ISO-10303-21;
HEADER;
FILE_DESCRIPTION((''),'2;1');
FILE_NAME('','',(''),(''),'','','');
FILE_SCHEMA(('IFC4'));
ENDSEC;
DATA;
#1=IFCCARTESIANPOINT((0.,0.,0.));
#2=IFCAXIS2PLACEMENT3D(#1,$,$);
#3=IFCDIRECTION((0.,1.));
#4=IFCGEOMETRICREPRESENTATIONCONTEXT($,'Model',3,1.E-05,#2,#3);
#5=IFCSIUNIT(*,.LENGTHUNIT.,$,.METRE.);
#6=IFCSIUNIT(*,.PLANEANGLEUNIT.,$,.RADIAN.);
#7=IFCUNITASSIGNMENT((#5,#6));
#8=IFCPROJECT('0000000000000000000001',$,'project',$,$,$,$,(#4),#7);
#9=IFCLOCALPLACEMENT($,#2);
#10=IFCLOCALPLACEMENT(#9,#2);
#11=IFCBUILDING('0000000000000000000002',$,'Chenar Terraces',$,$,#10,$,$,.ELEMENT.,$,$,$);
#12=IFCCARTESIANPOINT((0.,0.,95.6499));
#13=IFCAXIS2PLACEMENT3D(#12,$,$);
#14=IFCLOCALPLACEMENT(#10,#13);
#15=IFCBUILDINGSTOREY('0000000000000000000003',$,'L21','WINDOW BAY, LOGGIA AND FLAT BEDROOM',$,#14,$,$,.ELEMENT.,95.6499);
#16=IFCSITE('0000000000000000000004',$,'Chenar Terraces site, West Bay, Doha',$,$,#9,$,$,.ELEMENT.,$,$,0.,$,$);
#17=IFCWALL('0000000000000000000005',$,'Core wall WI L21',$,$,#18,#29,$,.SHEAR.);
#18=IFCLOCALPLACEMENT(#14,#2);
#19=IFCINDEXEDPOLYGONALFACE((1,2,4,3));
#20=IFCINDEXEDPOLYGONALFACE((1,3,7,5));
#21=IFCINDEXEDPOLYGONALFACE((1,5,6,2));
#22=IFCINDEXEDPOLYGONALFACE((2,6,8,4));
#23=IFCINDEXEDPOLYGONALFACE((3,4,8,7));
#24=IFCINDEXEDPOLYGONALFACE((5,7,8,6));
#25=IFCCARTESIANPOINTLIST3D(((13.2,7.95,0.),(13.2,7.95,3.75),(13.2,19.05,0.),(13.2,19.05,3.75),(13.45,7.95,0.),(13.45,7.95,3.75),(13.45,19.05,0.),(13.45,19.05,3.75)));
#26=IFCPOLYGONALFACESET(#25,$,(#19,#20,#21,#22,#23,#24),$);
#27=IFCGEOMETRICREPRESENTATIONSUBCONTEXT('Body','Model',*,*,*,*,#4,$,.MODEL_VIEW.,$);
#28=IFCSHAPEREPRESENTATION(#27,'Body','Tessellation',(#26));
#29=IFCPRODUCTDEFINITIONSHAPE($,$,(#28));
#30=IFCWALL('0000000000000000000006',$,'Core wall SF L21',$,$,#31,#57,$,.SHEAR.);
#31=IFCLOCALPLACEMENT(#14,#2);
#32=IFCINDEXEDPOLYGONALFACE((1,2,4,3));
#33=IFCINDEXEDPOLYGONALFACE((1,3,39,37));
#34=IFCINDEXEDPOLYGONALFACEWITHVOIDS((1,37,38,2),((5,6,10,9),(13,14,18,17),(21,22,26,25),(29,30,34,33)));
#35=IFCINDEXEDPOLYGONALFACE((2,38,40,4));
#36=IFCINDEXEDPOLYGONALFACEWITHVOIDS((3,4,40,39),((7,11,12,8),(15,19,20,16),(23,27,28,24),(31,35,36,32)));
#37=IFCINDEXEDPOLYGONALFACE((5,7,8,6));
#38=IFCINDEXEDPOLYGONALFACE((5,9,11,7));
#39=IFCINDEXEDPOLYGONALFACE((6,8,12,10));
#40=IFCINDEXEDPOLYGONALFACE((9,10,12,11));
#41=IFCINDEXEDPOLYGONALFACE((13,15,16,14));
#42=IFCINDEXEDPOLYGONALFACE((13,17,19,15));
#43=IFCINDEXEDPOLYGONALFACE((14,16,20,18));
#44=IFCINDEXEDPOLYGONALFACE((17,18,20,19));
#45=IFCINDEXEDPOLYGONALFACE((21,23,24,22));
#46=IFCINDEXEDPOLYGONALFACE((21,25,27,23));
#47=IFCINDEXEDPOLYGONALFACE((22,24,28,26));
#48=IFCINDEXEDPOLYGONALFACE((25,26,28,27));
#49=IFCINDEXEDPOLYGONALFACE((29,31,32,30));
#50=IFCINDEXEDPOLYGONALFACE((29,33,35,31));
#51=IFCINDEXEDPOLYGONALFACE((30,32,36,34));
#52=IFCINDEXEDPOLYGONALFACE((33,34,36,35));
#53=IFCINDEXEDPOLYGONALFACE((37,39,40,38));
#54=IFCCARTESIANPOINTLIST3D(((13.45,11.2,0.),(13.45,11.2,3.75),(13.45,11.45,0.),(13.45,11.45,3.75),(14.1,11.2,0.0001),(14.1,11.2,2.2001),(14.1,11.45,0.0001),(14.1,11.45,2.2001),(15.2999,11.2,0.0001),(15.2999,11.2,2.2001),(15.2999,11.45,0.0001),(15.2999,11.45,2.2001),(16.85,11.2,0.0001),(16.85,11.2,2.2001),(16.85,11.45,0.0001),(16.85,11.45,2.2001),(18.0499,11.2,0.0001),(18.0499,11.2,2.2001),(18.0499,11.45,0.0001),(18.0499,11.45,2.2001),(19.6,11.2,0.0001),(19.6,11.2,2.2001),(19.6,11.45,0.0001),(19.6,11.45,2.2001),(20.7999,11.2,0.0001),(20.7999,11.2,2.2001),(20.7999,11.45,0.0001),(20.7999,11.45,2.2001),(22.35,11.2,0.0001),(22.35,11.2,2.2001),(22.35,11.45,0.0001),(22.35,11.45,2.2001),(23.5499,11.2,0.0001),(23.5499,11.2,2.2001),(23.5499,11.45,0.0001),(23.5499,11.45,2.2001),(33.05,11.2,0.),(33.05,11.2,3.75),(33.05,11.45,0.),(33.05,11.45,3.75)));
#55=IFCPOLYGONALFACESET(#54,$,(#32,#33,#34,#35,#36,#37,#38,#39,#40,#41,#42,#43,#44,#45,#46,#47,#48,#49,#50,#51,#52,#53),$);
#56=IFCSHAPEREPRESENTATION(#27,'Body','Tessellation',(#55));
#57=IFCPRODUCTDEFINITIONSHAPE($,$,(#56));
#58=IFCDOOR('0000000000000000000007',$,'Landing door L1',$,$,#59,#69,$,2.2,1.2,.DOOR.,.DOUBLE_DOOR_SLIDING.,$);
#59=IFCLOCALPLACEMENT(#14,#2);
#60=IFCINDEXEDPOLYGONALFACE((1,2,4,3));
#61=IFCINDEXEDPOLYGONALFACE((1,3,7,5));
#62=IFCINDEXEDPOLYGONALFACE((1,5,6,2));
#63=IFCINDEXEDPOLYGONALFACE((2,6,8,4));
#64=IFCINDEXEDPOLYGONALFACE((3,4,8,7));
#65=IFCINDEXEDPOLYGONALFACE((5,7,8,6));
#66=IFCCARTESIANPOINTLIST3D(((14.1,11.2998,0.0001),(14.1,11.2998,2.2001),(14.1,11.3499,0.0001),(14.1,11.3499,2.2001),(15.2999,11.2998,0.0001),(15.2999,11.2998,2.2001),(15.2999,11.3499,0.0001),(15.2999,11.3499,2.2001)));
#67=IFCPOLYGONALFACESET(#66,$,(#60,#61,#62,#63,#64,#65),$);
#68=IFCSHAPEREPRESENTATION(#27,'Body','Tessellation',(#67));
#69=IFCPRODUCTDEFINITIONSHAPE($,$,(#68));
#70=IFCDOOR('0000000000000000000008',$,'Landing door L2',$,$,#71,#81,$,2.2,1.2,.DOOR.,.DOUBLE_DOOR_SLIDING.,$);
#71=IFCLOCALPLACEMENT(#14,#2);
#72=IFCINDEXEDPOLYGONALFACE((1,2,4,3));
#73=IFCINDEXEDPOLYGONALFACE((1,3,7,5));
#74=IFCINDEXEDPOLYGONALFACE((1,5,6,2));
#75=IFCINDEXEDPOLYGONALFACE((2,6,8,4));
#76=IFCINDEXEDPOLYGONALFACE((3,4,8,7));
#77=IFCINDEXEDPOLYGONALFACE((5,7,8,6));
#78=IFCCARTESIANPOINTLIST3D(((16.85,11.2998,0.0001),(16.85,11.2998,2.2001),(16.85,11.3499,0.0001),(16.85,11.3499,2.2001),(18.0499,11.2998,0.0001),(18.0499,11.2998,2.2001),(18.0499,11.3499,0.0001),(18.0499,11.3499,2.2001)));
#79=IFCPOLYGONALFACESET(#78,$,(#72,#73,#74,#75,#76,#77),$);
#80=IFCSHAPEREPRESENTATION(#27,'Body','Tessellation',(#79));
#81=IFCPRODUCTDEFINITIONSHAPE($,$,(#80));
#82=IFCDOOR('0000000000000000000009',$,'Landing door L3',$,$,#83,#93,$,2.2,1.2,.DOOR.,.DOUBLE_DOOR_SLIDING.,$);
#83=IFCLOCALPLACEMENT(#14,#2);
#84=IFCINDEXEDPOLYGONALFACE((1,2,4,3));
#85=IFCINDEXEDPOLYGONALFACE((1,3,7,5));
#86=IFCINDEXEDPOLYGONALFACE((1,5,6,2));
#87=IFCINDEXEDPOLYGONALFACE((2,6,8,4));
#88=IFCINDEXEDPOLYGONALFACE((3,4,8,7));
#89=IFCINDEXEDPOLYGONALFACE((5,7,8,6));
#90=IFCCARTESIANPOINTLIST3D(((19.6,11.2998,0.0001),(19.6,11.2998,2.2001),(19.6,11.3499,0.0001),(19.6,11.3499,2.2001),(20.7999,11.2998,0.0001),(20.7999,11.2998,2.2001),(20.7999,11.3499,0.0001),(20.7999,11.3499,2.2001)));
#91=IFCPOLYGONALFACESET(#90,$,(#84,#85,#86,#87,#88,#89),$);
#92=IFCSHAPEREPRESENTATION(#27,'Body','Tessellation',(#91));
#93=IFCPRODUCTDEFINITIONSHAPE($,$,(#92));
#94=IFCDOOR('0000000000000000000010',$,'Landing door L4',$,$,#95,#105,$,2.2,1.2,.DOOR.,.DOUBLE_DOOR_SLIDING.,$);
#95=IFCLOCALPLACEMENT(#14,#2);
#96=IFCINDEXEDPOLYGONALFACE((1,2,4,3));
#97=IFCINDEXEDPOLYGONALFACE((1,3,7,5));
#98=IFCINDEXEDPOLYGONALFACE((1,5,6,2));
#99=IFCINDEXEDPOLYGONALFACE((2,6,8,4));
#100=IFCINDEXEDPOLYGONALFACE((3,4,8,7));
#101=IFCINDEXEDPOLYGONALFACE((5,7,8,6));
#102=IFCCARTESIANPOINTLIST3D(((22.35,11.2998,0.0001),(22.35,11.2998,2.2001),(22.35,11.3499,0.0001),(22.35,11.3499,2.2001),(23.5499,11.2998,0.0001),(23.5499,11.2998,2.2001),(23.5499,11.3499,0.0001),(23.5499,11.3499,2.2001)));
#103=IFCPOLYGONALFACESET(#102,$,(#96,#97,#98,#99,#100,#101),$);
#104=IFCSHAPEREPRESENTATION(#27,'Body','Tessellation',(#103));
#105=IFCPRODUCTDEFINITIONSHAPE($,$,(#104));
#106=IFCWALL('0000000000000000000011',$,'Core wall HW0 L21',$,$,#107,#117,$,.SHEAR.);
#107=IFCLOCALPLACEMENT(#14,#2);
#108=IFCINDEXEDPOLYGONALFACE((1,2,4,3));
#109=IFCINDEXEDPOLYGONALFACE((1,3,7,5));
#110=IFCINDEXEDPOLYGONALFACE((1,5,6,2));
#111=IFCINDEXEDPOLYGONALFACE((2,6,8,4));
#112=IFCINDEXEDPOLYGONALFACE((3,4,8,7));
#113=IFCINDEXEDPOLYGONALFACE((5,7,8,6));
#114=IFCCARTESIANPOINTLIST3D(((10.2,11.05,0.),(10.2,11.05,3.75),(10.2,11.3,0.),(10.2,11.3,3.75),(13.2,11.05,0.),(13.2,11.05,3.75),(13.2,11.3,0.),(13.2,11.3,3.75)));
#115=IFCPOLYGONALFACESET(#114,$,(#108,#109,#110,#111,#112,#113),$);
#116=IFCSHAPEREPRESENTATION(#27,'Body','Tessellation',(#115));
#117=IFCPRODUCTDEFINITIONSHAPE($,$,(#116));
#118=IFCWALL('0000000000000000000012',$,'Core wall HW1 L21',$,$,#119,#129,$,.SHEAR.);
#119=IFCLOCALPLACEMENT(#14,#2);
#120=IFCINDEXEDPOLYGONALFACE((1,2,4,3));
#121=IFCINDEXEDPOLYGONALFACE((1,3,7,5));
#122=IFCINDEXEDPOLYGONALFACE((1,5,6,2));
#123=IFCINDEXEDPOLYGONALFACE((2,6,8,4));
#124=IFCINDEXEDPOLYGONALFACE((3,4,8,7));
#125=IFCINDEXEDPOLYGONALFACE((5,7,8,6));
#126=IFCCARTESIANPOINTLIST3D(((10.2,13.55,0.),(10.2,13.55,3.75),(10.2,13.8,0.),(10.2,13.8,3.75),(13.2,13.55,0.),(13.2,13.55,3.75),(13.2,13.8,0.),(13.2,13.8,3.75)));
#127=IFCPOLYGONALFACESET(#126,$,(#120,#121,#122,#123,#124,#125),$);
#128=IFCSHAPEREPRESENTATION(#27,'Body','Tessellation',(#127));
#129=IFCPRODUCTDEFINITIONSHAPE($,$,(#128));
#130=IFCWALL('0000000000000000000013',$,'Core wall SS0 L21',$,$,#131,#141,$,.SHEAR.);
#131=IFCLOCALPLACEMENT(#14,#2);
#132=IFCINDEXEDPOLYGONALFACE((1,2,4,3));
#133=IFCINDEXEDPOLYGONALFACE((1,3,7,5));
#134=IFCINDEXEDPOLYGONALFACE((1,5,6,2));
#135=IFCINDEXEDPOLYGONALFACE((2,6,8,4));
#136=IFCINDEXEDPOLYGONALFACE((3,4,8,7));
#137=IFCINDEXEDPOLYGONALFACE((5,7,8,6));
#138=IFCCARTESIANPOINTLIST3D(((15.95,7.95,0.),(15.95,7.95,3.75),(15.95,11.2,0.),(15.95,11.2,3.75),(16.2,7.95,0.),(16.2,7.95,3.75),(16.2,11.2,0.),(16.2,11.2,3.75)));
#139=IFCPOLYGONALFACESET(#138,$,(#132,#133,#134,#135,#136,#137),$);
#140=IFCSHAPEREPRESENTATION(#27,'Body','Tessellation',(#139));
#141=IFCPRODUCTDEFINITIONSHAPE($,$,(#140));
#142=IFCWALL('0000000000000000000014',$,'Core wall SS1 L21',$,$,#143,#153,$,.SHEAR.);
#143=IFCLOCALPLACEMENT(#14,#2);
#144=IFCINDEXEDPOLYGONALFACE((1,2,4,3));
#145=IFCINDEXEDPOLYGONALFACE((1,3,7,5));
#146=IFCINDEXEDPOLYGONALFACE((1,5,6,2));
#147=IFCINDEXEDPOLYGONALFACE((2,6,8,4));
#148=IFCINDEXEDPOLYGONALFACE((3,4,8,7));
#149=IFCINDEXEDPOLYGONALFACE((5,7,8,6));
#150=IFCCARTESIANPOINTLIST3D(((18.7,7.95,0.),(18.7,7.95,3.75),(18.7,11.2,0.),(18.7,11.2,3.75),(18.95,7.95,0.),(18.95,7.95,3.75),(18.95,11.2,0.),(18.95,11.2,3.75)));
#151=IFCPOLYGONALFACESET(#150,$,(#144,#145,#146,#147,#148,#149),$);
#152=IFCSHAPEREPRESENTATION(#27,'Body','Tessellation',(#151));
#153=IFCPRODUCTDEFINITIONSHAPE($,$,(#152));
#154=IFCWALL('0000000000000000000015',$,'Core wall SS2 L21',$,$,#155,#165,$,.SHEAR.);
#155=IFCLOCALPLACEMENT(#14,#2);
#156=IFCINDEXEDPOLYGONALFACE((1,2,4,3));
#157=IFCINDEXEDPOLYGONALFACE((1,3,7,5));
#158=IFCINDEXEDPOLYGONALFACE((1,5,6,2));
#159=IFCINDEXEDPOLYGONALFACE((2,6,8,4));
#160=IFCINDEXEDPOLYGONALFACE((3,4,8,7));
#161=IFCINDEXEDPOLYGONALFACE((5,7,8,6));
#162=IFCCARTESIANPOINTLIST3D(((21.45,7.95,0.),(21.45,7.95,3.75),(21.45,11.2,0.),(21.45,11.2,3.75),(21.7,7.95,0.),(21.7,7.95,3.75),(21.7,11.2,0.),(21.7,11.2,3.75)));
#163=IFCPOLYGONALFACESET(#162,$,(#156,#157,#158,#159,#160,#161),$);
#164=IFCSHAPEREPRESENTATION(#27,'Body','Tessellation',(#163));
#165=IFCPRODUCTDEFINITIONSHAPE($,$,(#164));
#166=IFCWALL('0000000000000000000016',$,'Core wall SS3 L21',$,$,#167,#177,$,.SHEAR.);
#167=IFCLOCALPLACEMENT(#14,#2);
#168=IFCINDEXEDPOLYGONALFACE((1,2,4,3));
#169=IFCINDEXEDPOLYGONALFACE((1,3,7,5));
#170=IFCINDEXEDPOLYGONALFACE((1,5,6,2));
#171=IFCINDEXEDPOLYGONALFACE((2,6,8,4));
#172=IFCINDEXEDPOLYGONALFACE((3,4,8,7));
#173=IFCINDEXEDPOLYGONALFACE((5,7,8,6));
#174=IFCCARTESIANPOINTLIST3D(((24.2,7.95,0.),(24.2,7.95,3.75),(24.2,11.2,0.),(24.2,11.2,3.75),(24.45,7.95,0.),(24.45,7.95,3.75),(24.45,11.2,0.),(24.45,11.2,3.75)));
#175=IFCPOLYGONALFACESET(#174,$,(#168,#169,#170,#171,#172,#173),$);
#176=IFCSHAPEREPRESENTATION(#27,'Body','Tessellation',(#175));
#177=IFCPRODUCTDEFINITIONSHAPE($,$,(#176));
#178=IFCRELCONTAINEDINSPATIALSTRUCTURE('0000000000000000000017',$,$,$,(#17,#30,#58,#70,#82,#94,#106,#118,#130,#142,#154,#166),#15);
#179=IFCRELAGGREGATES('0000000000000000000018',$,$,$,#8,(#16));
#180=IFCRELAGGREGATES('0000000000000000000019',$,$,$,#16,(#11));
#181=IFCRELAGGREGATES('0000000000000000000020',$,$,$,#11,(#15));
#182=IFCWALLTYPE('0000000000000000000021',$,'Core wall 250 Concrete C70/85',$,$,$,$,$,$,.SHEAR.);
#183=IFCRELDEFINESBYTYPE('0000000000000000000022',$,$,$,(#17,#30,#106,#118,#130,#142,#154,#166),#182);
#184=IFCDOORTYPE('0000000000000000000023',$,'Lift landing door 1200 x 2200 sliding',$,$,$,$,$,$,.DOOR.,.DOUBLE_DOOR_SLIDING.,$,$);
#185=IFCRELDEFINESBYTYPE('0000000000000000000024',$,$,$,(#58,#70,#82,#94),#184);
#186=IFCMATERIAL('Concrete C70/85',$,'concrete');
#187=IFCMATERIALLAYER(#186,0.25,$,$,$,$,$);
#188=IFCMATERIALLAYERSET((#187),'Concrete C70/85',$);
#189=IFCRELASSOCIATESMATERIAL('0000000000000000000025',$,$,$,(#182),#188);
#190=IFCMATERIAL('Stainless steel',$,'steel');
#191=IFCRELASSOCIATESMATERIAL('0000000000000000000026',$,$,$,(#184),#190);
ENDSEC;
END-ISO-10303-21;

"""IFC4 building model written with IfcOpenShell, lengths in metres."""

from ifc_helpers import new_model, si_unit, direction, frame, frame_2d, origin, place, context, subcontext, project, spatial, rectangle, extrude, material, layer, layer_set, type_object, element, fill, save


model = new_model("IFC4")

# Units and contexts
model_context = context("Model", 3, precision=1e-05, world=origin(), true_north=direction((0.0, 1.0)))
body_context = subcontext(model_context, "Body", "Model", "MODEL_VIEW")
ifc_project = project(units=[si_unit("LENGTHUNIT", "METRE"), si_unit("PLANEANGLEUNIT", "RADIAN")], contexts=[model_context])

# Site, building, storey
site_placement = place(None, origin())
site = spatial("IfcSite", under=ifc_project, at=site_placement, Name="Chenar Terraces site, West Bay, Doha", CompositionType="ELEMENT", RefElevation=0.0)
building_placement = place(site_placement, origin())
building = spatial("IfcBuilding", under=site, at=building_placement, Name="Chenar Terraces", CompositionType="ELEMENT")
storey_placement = place(building_placement, frame((0.0, 0.0, 95.6499)))
storey = spatial("IfcBuildingStorey", under=building, at=storey_placement, Name="L21", Description="WINDOW BAY, LOGGIA AND FLAT BEDROOM", CompositionType="ELEMENT", Elevation=95.6499)

# Wall
ifc_material_1 = material(Name="Concrete C70/85", Category="concrete")
ifc_layer_1 = layer(ifc_material_1, 0.25)
ifc_layer_set_1 = layer_set([ifc_layer_1], Name="Concrete C70/85")
wall_type_1 = type_object("IfcWallType", Name="Core wall 250 Concrete C70/85", PredefinedType="SHEAR", material=ifc_layer_set_1)
wall_1_placement = place(storey_placement, frame((13.325, 7.95, 0.0), z_axis=(0.0, 0.0, 1.0), x_axis=(0.0, 1.0, 0.0)))
element("IfcWall", 1, at=wall_1_placement, inside=storey, type_object=wall_type_1, Name="Core wall WI L21", PredefinedType="SHEAR", context=body_context, shape_type="SweptSolid", body=[
    extrude(rectangle(XDim=11.1001, YDim=0.25, at=frame_2d((5.55, 0.0))), origin(), (0.0, 0.0, 1.0), 3.75),
])

# Wall, openings, doors
wall_2_placement = place(storey_placement, frame((13.45, 11.325, 0.0), z_axis=(0.0, 0.0, 1.0), x_axis=(1.0, 0.0, 0.0)))
wall_2 = element("IfcWall", 2, at=wall_2_placement, inside=storey, type_object=wall_type_1, Name="Core wall SF L21", PredefinedType="SHEAR", context=body_context, shape_type="SweptSolid", body=[
    extrude(rectangle(XDim=19.6001, YDim=0.25, at=frame_2d((9.8, 0.0))), origin(), (0.0, 0.0, 1.0), 3.75),
])
opening_1_placement = place(wall_2_placement, frame((0.6499, 0.0, 0.0)))
opening_1 = element("IfcOpeningElement", 3, at=opening_1_placement, cuts=wall_2, PredefinedType="OPENING", context=body_context, shape_type="SweptSolid", body=[
    extrude(rectangle(XDim=1.2, YDim=2.2, at=frame_2d((0.6001, 1.1001))), frame((0.0, 0.135, 0.0), z_axis=(0.0, -1.0, 0.0), x_axis=(1.0, 0.0, 0.0)), (0.0, 0.0, 1.0), 0.27),
])
opening_2_placement = place(wall_2_placement, frame((3.3999, 0.0, 0.0)))
opening_2 = element("IfcOpeningElement", 4, at=opening_2_placement, cuts=wall_2, PredefinedType="OPENING", context=body_context, shape_type="SweptSolid", body=[
    extrude(rectangle(XDim=1.2, YDim=2.2, at=frame_2d((0.6001, 1.1001))), frame((0.0, 0.135, 0.0), z_axis=(0.0, -1.0, 0.0), x_axis=(1.0, 0.0, 0.0)), (0.0, 0.0, 1.0), 0.27),
])
opening_3_placement = place(wall_2_placement, frame((6.1499, 0.0, 0.0)))
opening_3 = element("IfcOpeningElement", 5, at=opening_3_placement, cuts=wall_2, PredefinedType="OPENING", context=body_context, shape_type="SweptSolid", body=[
    extrude(rectangle(XDim=1.2, YDim=2.2, at=frame_2d((0.6001, 1.1001))), frame((0.0, 0.135, 0.0), z_axis=(0.0, -1.0, 0.0), x_axis=(1.0, 0.0, 0.0)), (0.0, 0.0, 1.0), 0.27),
])
opening_4_placement = place(wall_2_placement, frame((8.8999, 0.0, 0.0)))
opening_4 = element("IfcOpeningElement", 6, at=opening_4_placement, cuts=wall_2, PredefinedType="OPENING", context=body_context, shape_type="SweptSolid", body=[
    extrude(rectangle(XDim=1.2, YDim=2.2, at=frame_2d((0.6001, 1.1001))), frame((0.0, 0.135, 0.0), z_axis=(0.0, -1.0, 0.0), x_axis=(1.0, 0.0, 0.0)), (0.0, 0.0, 1.0), 0.27),
])
ifc_material_2 = material(Name="Stainless steel", Category="steel")
door_type_1 = type_object("IfcDoorType", Name="Lift landing door 1200 x 2200 sliding", OperationType="DOUBLE_DOOR_SLIDING", PredefinedType="DOOR", material=ifc_material_2)
door_1_placement = place(opening_1_placement, origin())
door_1 = element("IfcDoor", 7, at=door_1_placement, inside=storey, type_object=door_type_1, Name="Landing door L1", OperationType="DOUBLE_DOOR_SLIDING", OverallHeight=2.2, OverallWidth=1.2, PredefinedType="DOOR", context=body_context, shape_type="SweptSolid", body=[
    extrude(rectangle(XDim=1.2, YDim=2.2, at=frame_2d((0.6001, 1.1001))), frame((0.0, 0.0249, 0.0), z_axis=(0.0, -1.0, 0.0), x_axis=(1.0, 0.0, 0.0)), (0.0, 0.0, 1.0), 0.05),
])
fill(opening_1, door_1)
door_2_placement = place(opening_2_placement, origin())
door_2 = element("IfcDoor", 8, at=door_2_placement, inside=storey, type_object=door_type_1, Name="Landing door L2", OperationType="DOUBLE_DOOR_SLIDING", OverallHeight=2.2, OverallWidth=1.2, PredefinedType="DOOR", context=body_context, shape_type="SweptSolid", body=[
    extrude(rectangle(XDim=1.2, YDim=2.2, at=frame_2d((0.6001, 1.1001))), frame((0.0, 0.0249, 0.0), z_axis=(0.0, -1.0, 0.0), x_axis=(1.0, 0.0, 0.0)), (0.0, 0.0, 1.0), 0.05),
])
fill(opening_2, door_2)
door_3_placement = place(opening_3_placement, origin())
door_3 = element("IfcDoor", 9, at=door_3_placement, inside=storey, type_object=door_type_1, Name="Landing door L3", OperationType="DOUBLE_DOOR_SLIDING", OverallHeight=2.2, OverallWidth=1.2, PredefinedType="DOOR", context=body_context, shape_type="SweptSolid", body=[
    extrude(rectangle(XDim=1.2, YDim=2.2, at=frame_2d((0.6001, 1.1001))), frame((0.0, 0.0249, 0.0), z_axis=(0.0, -1.0, 0.0), x_axis=(1.0, 0.0, 0.0)), (0.0, 0.0, 1.0), 0.05),
])
fill(opening_3, door_3)
door_4_placement = place(opening_4_placement, origin())
door_4 = element("IfcDoor", 10, at=door_4_placement, inside=storey, type_object=door_type_1, Name="Landing door L4", OperationType="DOUBLE_DOOR_SLIDING", OverallHeight=2.2, OverallWidth=1.2, PredefinedType="DOOR", context=body_context, shape_type="SweptSolid", body=[
    extrude(rectangle(XDim=1.2, YDim=2.2, at=frame_2d((0.6001, 1.1001))), frame((0.0, 0.0249, 0.0), z_axis=(0.0, -1.0, 0.0), x_axis=(1.0, 0.0, 0.0)), (0.0, 0.0, 1.0), 0.05),
])
fill(opening_4, door_4)

# Walls
for number, where, z_axis, x_axis, name in (
    (11, (10.2, 11.175, 0.0), (0.0, 0.0, 1.0), (1.0, 0.0, 0.0), "Core wall HW0 L21"),
    (12, (10.2, 13.675, 0.0), (0.0, 0.0, 1.0), (1.0, 0.0, 0.0), "Core wall HW1 L21"),
):
    element("IfcWall", number, at=place(storey_placement, frame(where, z_axis=z_axis, x_axis=x_axis)), inside=storey, type_object=wall_type_1, Name=name, PredefinedType="SHEAR", context=body_context, shape_type="SweptSolid", body=[
        extrude(rectangle(XDim=3.0, YDim=0.25, at=frame_2d((1.5, 0.0))), origin(), (0.0, 0.0, 1.0), 3.75),
    ])
for number, where, z_axis, x_axis, name in (
    (13, (16.075, 7.95, 0.0), (0.0, 0.0, 1.0), (0.0, 1.0, 0.0), "Core wall SS0 L21"),
    (14, (18.825, 7.95, 0.0), (0.0, 0.0, 1.0), (0.0, 1.0, 0.0), "Core wall SS1 L21"),
    (15, (21.575, 7.95, 0.0), (0.0, 0.0, 1.0), (0.0, 1.0, 0.0), "Core wall SS2 L21"),
    (16, (24.325, 7.95, 0.0), (0.0, 0.0, 1.0), (0.0, 1.0, 0.0), "Core wall SS3 L21"),
):
    element("IfcWall", number, at=place(storey_placement, frame(where, z_axis=z_axis, x_axis=x_axis)), inside=storey, type_object=wall_type_1, Name=name, PredefinedType="SHEAR", context=body_context, shape_type="SweptSolid", body=[
        extrude(rectangle(XDim=3.25, YDim=0.25, at=frame_2d((1.625, 0.0))), origin(), (0.0, 0.0, 1.0), 3.75),
    ])

save(model, "model.ifc")
